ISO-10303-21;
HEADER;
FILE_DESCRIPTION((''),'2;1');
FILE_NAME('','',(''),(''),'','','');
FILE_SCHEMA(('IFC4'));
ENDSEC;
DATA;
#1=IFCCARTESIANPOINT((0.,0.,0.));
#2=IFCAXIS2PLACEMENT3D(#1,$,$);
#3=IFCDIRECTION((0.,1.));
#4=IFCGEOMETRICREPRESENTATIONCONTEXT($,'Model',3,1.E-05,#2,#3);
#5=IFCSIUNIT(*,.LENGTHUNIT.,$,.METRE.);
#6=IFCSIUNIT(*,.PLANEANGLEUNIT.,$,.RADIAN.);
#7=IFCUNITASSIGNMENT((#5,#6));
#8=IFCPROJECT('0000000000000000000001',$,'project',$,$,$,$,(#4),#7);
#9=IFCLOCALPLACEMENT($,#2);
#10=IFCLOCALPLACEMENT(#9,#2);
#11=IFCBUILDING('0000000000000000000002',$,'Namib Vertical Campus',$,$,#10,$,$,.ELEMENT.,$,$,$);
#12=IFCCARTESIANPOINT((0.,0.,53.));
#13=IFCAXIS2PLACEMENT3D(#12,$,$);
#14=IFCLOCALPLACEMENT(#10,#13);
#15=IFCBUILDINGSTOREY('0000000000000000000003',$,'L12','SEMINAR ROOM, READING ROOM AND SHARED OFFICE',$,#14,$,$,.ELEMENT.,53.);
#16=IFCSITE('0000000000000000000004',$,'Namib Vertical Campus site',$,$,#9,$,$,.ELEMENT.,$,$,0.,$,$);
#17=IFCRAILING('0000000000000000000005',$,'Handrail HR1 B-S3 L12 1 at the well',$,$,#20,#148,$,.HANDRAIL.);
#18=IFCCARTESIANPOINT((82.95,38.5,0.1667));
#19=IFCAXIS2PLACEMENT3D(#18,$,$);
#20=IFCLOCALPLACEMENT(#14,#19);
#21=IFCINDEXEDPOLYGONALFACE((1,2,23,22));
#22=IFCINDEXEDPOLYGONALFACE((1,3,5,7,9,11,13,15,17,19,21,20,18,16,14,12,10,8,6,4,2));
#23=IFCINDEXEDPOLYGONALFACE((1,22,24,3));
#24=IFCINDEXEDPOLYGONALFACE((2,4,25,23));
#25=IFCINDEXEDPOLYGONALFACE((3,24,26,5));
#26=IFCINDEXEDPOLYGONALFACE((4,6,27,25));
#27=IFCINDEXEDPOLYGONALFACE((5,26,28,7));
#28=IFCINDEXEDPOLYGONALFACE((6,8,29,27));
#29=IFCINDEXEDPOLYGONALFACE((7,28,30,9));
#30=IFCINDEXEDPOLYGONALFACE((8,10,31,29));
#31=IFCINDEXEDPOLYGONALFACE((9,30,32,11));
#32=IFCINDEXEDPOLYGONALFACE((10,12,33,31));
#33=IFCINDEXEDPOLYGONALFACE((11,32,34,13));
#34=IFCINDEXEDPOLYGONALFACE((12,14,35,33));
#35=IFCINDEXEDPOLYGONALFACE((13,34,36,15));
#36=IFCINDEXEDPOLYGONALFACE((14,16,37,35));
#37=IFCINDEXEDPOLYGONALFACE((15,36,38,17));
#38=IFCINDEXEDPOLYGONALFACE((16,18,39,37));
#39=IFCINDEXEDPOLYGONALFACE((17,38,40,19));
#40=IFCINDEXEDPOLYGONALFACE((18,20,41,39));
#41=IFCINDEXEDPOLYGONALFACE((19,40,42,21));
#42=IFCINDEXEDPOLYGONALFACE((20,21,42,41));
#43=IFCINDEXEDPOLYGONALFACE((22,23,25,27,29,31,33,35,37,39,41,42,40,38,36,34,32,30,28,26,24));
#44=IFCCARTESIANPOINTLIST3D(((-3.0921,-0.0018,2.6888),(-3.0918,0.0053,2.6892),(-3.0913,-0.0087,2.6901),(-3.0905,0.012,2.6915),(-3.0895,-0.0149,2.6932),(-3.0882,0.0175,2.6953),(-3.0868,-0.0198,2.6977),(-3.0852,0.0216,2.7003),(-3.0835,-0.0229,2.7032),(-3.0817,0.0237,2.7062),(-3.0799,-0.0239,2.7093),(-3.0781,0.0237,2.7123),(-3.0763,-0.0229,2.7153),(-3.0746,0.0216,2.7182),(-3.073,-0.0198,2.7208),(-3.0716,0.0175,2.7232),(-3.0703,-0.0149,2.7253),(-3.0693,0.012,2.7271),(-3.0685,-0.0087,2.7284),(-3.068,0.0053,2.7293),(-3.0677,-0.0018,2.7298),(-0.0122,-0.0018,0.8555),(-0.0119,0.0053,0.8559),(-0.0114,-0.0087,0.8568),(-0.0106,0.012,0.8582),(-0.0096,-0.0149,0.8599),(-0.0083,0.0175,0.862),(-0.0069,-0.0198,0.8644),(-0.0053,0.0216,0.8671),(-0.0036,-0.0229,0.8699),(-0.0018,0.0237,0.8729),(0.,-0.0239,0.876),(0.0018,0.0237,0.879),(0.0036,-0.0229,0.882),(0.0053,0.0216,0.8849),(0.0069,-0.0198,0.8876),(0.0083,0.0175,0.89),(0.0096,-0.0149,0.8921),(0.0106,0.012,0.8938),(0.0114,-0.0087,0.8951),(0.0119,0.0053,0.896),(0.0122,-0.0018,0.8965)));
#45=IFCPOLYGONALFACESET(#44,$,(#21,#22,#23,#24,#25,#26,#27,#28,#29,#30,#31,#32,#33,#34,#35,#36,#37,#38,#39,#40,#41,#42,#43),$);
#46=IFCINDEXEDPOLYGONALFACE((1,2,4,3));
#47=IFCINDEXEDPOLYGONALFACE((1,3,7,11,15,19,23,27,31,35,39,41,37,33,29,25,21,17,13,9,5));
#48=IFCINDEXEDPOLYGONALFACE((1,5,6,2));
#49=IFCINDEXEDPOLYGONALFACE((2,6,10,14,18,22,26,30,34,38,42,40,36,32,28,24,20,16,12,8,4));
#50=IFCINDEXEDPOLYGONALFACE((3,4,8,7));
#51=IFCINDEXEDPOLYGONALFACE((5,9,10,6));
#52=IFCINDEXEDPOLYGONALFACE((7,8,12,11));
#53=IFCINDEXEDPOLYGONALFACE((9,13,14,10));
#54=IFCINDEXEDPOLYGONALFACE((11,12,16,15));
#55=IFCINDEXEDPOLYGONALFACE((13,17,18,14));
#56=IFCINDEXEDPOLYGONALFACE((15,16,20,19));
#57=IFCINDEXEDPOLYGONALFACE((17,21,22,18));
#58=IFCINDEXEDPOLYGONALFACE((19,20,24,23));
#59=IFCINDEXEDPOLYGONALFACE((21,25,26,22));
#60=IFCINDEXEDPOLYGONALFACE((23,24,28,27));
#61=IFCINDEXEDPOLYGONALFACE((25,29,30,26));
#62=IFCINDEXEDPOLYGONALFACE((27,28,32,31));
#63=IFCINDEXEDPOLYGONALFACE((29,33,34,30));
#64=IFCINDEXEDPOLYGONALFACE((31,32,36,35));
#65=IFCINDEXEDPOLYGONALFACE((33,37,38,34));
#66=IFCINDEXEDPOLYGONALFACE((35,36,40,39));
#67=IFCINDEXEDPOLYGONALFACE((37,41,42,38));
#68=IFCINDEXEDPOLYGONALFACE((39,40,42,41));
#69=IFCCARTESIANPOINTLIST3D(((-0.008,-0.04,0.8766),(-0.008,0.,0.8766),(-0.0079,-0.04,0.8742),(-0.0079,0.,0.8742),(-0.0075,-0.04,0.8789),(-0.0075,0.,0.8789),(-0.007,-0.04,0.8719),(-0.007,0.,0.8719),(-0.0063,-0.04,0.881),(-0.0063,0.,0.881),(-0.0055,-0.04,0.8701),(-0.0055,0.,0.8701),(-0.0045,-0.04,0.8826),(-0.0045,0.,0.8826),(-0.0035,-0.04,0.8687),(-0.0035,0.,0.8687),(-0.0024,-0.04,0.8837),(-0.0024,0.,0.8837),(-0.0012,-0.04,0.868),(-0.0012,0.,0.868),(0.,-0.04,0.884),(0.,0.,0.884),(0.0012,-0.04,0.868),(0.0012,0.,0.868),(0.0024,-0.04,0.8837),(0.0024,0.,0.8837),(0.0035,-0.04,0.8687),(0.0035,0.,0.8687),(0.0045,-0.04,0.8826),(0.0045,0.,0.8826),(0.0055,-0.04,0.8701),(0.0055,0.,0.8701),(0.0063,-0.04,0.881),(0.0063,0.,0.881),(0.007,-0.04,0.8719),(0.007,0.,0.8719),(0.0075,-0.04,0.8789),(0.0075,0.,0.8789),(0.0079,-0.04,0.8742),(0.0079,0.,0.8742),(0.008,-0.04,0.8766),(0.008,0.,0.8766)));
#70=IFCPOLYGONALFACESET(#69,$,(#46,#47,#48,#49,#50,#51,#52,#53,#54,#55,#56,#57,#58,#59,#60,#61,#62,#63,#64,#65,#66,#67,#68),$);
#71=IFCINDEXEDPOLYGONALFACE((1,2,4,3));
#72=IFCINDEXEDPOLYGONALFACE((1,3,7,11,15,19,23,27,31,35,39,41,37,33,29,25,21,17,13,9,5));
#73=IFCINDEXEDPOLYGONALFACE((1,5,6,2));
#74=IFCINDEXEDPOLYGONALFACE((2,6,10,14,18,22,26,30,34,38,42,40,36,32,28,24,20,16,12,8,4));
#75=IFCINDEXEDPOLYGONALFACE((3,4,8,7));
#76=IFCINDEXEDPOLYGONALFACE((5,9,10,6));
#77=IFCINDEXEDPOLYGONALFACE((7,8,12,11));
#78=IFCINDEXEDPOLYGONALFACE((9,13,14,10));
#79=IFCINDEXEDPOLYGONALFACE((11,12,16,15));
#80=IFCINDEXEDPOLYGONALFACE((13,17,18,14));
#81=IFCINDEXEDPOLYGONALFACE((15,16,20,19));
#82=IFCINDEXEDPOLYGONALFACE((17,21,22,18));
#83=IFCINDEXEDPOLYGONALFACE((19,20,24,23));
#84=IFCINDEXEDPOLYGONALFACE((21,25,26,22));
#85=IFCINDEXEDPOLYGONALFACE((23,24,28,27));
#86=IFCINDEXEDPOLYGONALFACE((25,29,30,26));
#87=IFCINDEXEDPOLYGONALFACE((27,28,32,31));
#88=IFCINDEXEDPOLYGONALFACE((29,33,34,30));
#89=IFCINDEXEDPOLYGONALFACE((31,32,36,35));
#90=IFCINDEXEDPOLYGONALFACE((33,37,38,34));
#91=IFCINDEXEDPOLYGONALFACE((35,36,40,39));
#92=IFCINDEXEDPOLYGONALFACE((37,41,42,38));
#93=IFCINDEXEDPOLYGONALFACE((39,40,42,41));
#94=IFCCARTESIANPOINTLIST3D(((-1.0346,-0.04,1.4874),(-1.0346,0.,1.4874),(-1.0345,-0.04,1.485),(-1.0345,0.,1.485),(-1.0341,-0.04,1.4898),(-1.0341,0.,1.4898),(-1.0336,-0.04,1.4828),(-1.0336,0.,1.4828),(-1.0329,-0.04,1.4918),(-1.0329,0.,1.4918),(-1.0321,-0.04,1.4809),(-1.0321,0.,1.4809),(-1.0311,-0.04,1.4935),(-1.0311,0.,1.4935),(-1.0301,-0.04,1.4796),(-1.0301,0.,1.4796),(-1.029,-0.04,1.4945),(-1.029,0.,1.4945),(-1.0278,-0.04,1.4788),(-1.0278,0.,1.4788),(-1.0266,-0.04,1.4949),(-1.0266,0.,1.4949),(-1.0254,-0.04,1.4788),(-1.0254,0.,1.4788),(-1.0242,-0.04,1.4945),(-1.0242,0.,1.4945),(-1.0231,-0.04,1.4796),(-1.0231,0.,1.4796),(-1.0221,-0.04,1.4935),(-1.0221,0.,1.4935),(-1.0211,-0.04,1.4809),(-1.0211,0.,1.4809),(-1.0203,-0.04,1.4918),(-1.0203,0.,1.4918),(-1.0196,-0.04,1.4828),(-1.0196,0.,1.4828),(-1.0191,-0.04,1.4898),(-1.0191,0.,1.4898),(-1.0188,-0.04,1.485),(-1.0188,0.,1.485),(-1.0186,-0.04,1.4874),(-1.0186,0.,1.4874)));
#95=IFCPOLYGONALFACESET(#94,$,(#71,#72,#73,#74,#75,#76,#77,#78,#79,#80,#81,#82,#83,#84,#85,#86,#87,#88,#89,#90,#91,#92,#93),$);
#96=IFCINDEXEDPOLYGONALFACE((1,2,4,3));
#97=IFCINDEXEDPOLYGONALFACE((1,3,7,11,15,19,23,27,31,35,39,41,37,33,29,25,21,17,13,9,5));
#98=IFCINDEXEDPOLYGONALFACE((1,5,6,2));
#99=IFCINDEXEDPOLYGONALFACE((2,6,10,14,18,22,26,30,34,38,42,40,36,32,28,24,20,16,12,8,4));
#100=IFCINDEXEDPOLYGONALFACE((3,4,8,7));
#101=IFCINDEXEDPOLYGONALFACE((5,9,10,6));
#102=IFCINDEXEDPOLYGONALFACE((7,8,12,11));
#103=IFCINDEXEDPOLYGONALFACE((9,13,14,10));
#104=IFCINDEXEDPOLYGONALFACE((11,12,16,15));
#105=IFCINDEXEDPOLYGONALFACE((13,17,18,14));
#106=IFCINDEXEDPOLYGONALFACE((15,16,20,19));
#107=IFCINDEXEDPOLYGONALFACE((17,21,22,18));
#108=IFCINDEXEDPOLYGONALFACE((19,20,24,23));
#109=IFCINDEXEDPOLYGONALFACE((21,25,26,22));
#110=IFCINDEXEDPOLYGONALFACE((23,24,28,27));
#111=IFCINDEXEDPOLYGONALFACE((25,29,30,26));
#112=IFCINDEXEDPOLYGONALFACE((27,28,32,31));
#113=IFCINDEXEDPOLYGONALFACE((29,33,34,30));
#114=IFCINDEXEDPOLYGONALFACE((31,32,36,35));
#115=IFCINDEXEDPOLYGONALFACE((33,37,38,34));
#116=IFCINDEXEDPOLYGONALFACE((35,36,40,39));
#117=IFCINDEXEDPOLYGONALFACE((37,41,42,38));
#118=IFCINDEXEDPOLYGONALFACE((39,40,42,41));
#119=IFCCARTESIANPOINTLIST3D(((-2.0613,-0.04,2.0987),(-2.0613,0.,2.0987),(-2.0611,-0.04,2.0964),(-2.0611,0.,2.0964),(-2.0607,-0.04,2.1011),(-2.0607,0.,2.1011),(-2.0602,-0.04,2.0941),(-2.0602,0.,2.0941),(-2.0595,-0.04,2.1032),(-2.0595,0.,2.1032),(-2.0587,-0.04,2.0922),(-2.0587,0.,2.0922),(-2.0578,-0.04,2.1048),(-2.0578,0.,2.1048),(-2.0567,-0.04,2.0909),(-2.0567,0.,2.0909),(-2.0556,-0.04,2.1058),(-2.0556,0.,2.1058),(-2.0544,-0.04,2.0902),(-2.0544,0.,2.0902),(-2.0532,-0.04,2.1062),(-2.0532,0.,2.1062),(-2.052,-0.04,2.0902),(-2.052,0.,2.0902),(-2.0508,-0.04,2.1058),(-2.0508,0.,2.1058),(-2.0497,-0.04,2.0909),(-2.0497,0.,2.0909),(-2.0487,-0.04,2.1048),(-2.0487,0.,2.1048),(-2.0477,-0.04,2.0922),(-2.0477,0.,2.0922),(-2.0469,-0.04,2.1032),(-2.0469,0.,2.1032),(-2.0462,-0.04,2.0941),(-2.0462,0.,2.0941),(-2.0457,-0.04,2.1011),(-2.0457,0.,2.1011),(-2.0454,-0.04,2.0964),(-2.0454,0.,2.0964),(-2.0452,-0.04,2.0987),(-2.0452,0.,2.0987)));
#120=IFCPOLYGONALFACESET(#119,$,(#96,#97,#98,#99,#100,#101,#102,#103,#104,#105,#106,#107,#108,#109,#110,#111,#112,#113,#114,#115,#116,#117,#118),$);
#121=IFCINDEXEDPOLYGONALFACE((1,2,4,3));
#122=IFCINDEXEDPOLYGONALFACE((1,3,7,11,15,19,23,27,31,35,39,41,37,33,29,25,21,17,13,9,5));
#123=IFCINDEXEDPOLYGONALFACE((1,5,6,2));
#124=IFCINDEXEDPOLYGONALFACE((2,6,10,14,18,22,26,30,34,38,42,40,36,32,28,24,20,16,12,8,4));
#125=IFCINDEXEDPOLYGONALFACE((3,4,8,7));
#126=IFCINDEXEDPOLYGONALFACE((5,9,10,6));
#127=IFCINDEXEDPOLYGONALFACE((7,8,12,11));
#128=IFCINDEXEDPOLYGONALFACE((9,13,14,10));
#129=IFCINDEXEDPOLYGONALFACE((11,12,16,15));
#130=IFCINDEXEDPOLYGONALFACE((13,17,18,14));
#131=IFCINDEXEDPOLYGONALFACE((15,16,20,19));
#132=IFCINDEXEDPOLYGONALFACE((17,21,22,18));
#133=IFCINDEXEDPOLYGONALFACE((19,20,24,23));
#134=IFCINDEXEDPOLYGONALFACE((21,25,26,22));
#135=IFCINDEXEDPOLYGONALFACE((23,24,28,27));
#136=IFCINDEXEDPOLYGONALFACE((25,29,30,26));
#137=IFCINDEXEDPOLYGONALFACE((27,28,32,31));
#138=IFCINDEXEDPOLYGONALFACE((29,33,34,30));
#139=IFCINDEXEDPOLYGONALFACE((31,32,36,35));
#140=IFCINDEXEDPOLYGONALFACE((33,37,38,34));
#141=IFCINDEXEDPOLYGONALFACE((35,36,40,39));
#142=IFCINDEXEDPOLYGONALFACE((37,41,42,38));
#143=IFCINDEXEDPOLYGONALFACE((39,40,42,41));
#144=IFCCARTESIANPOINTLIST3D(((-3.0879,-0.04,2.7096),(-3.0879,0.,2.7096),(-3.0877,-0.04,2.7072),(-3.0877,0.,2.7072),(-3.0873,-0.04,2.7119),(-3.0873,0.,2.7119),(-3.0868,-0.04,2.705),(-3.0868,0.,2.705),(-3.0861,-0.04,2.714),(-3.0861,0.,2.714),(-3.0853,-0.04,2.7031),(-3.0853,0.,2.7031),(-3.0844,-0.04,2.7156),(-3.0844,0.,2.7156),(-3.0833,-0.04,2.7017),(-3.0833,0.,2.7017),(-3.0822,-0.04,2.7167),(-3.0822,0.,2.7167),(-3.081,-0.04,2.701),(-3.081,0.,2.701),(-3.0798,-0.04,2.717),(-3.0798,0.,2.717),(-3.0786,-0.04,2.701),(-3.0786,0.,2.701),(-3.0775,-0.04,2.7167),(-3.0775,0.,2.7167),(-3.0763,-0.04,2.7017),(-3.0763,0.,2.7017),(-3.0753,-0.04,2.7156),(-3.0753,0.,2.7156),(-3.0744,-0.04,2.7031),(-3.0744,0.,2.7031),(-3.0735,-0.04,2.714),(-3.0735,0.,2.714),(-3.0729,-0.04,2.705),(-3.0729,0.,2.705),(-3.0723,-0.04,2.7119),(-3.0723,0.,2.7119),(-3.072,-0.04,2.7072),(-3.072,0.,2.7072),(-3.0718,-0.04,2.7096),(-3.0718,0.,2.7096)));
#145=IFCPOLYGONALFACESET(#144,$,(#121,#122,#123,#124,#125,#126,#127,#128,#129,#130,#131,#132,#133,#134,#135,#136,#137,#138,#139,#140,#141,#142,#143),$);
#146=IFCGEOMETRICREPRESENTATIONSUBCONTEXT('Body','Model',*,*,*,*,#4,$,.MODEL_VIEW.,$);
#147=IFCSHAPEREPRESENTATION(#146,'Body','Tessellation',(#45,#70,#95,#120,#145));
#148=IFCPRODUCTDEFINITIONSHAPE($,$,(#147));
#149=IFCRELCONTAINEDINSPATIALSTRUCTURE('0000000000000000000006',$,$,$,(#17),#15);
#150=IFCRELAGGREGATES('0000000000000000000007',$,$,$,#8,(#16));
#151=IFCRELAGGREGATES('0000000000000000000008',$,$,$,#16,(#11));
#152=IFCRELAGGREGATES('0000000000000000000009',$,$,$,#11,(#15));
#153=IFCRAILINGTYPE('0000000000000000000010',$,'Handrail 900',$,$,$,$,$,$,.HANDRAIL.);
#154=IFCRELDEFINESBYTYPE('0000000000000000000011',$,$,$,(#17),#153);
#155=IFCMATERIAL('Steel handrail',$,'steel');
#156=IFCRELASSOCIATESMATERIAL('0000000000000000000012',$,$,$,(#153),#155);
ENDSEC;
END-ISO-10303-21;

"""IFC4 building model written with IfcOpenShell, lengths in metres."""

from ifc_helpers import new_model, si_unit, direction, frame, origin, origin_2d, place, context, subcontext, project, spatial, circle, extrude, material, type_object, element, save


model = new_model("IFC4")

# Units and contexts
model_context = context("Model", 3, precision=1e-05, world=origin(), true_north=direction((0.0, 1.0)))
body_context = subcontext(model_context, "Body", "Model", "MODEL_VIEW")
ifc_project = project(units=[si_unit("LENGTHUNIT", "METRE"), si_unit("PLANEANGLEUNIT", "RADIAN")], contexts=[model_context])

# Site, building, storey
site_placement = place(None, origin())
site = spatial("IfcSite", under=ifc_project, at=site_placement, Name="Namib Vertical Campus site", CompositionType="ELEMENT", RefElevation=0.0)
building_placement = place(site_placement, origin())
building = spatial("IfcBuilding", under=site, at=building_placement, Name="Namib Vertical Campus", CompositionType="ELEMENT")
storey_placement = place(building_placement, frame((0.0, 0.0, 53.0)))
storey = spatial("IfcBuildingStorey", under=building, at=storey_placement, Name="L12", Description="SEMINAR ROOM, READING ROOM AND SHARED OFFICE", CompositionType="ELEMENT", Elevation=53.0)

# Railing
ifc_material_1 = material(Name="Steel handrail", Category="steel")
railing_type_1 = type_object("IfcRailingType", Name="Handrail 900", PredefinedType="HANDRAIL", material=ifc_material_1)
railing_1_placement = place(storey_placement, frame((82.95, 38.5, 0.1667)))
element("IfcRailing", 1, at=railing_1_placement, inside=storey, type_object=railing_type_1, Name="Handrail HR1 B-S3 L12 1 at the well", PredefinedType="HANDRAIL", context=body_context, shape_type="SweptSolid", body=[
    extrude(circle(Radius=0.0239, at=origin_2d()), frame((0.0, 0.0, 0.876), z_axis=(-0.859291, 0.0, 0.511487), x_axis=(0.0, -1.0, 0.0)), (0.0, 0.0, 1.0), 3.5842),
    extrude(circle(Radius=0.0081, at=origin_2d()), frame((0.0, 0.0, 0.876), z_axis=(0.0, -1.0, 0.0), x_axis=(0.0, 0.0, 1.0)), (0.0, 0.0, 1.0), 0.04),
    extrude(circle(Radius=0.0081, at=origin_2d()), frame((-1.0266, 0.0, 1.4868), z_axis=(0.0, -1.0, 0.0), x_axis=(0.0, 0.0, 1.0)), (0.0, 0.0, 1.0), 0.04),
    extrude(circle(Radius=0.0081, at=origin_2d()), frame((-2.0532, 0.0, 2.0981), z_axis=(0.0, -1.0, 0.0), x_axis=(0.0, 0.0, 1.0)), (0.0, 0.0, 1.0), 0.04),
    extrude(circle(Radius=0.0081, at=origin_2d()), frame((-3.0798, 0.0, 2.709), z_axis=(0.0, -1.0, 0.0), x_axis=(0.0, 0.0, 1.0)), (0.0, 0.0, 1.0), 0.04),
])

save(model, "model.ifc")
